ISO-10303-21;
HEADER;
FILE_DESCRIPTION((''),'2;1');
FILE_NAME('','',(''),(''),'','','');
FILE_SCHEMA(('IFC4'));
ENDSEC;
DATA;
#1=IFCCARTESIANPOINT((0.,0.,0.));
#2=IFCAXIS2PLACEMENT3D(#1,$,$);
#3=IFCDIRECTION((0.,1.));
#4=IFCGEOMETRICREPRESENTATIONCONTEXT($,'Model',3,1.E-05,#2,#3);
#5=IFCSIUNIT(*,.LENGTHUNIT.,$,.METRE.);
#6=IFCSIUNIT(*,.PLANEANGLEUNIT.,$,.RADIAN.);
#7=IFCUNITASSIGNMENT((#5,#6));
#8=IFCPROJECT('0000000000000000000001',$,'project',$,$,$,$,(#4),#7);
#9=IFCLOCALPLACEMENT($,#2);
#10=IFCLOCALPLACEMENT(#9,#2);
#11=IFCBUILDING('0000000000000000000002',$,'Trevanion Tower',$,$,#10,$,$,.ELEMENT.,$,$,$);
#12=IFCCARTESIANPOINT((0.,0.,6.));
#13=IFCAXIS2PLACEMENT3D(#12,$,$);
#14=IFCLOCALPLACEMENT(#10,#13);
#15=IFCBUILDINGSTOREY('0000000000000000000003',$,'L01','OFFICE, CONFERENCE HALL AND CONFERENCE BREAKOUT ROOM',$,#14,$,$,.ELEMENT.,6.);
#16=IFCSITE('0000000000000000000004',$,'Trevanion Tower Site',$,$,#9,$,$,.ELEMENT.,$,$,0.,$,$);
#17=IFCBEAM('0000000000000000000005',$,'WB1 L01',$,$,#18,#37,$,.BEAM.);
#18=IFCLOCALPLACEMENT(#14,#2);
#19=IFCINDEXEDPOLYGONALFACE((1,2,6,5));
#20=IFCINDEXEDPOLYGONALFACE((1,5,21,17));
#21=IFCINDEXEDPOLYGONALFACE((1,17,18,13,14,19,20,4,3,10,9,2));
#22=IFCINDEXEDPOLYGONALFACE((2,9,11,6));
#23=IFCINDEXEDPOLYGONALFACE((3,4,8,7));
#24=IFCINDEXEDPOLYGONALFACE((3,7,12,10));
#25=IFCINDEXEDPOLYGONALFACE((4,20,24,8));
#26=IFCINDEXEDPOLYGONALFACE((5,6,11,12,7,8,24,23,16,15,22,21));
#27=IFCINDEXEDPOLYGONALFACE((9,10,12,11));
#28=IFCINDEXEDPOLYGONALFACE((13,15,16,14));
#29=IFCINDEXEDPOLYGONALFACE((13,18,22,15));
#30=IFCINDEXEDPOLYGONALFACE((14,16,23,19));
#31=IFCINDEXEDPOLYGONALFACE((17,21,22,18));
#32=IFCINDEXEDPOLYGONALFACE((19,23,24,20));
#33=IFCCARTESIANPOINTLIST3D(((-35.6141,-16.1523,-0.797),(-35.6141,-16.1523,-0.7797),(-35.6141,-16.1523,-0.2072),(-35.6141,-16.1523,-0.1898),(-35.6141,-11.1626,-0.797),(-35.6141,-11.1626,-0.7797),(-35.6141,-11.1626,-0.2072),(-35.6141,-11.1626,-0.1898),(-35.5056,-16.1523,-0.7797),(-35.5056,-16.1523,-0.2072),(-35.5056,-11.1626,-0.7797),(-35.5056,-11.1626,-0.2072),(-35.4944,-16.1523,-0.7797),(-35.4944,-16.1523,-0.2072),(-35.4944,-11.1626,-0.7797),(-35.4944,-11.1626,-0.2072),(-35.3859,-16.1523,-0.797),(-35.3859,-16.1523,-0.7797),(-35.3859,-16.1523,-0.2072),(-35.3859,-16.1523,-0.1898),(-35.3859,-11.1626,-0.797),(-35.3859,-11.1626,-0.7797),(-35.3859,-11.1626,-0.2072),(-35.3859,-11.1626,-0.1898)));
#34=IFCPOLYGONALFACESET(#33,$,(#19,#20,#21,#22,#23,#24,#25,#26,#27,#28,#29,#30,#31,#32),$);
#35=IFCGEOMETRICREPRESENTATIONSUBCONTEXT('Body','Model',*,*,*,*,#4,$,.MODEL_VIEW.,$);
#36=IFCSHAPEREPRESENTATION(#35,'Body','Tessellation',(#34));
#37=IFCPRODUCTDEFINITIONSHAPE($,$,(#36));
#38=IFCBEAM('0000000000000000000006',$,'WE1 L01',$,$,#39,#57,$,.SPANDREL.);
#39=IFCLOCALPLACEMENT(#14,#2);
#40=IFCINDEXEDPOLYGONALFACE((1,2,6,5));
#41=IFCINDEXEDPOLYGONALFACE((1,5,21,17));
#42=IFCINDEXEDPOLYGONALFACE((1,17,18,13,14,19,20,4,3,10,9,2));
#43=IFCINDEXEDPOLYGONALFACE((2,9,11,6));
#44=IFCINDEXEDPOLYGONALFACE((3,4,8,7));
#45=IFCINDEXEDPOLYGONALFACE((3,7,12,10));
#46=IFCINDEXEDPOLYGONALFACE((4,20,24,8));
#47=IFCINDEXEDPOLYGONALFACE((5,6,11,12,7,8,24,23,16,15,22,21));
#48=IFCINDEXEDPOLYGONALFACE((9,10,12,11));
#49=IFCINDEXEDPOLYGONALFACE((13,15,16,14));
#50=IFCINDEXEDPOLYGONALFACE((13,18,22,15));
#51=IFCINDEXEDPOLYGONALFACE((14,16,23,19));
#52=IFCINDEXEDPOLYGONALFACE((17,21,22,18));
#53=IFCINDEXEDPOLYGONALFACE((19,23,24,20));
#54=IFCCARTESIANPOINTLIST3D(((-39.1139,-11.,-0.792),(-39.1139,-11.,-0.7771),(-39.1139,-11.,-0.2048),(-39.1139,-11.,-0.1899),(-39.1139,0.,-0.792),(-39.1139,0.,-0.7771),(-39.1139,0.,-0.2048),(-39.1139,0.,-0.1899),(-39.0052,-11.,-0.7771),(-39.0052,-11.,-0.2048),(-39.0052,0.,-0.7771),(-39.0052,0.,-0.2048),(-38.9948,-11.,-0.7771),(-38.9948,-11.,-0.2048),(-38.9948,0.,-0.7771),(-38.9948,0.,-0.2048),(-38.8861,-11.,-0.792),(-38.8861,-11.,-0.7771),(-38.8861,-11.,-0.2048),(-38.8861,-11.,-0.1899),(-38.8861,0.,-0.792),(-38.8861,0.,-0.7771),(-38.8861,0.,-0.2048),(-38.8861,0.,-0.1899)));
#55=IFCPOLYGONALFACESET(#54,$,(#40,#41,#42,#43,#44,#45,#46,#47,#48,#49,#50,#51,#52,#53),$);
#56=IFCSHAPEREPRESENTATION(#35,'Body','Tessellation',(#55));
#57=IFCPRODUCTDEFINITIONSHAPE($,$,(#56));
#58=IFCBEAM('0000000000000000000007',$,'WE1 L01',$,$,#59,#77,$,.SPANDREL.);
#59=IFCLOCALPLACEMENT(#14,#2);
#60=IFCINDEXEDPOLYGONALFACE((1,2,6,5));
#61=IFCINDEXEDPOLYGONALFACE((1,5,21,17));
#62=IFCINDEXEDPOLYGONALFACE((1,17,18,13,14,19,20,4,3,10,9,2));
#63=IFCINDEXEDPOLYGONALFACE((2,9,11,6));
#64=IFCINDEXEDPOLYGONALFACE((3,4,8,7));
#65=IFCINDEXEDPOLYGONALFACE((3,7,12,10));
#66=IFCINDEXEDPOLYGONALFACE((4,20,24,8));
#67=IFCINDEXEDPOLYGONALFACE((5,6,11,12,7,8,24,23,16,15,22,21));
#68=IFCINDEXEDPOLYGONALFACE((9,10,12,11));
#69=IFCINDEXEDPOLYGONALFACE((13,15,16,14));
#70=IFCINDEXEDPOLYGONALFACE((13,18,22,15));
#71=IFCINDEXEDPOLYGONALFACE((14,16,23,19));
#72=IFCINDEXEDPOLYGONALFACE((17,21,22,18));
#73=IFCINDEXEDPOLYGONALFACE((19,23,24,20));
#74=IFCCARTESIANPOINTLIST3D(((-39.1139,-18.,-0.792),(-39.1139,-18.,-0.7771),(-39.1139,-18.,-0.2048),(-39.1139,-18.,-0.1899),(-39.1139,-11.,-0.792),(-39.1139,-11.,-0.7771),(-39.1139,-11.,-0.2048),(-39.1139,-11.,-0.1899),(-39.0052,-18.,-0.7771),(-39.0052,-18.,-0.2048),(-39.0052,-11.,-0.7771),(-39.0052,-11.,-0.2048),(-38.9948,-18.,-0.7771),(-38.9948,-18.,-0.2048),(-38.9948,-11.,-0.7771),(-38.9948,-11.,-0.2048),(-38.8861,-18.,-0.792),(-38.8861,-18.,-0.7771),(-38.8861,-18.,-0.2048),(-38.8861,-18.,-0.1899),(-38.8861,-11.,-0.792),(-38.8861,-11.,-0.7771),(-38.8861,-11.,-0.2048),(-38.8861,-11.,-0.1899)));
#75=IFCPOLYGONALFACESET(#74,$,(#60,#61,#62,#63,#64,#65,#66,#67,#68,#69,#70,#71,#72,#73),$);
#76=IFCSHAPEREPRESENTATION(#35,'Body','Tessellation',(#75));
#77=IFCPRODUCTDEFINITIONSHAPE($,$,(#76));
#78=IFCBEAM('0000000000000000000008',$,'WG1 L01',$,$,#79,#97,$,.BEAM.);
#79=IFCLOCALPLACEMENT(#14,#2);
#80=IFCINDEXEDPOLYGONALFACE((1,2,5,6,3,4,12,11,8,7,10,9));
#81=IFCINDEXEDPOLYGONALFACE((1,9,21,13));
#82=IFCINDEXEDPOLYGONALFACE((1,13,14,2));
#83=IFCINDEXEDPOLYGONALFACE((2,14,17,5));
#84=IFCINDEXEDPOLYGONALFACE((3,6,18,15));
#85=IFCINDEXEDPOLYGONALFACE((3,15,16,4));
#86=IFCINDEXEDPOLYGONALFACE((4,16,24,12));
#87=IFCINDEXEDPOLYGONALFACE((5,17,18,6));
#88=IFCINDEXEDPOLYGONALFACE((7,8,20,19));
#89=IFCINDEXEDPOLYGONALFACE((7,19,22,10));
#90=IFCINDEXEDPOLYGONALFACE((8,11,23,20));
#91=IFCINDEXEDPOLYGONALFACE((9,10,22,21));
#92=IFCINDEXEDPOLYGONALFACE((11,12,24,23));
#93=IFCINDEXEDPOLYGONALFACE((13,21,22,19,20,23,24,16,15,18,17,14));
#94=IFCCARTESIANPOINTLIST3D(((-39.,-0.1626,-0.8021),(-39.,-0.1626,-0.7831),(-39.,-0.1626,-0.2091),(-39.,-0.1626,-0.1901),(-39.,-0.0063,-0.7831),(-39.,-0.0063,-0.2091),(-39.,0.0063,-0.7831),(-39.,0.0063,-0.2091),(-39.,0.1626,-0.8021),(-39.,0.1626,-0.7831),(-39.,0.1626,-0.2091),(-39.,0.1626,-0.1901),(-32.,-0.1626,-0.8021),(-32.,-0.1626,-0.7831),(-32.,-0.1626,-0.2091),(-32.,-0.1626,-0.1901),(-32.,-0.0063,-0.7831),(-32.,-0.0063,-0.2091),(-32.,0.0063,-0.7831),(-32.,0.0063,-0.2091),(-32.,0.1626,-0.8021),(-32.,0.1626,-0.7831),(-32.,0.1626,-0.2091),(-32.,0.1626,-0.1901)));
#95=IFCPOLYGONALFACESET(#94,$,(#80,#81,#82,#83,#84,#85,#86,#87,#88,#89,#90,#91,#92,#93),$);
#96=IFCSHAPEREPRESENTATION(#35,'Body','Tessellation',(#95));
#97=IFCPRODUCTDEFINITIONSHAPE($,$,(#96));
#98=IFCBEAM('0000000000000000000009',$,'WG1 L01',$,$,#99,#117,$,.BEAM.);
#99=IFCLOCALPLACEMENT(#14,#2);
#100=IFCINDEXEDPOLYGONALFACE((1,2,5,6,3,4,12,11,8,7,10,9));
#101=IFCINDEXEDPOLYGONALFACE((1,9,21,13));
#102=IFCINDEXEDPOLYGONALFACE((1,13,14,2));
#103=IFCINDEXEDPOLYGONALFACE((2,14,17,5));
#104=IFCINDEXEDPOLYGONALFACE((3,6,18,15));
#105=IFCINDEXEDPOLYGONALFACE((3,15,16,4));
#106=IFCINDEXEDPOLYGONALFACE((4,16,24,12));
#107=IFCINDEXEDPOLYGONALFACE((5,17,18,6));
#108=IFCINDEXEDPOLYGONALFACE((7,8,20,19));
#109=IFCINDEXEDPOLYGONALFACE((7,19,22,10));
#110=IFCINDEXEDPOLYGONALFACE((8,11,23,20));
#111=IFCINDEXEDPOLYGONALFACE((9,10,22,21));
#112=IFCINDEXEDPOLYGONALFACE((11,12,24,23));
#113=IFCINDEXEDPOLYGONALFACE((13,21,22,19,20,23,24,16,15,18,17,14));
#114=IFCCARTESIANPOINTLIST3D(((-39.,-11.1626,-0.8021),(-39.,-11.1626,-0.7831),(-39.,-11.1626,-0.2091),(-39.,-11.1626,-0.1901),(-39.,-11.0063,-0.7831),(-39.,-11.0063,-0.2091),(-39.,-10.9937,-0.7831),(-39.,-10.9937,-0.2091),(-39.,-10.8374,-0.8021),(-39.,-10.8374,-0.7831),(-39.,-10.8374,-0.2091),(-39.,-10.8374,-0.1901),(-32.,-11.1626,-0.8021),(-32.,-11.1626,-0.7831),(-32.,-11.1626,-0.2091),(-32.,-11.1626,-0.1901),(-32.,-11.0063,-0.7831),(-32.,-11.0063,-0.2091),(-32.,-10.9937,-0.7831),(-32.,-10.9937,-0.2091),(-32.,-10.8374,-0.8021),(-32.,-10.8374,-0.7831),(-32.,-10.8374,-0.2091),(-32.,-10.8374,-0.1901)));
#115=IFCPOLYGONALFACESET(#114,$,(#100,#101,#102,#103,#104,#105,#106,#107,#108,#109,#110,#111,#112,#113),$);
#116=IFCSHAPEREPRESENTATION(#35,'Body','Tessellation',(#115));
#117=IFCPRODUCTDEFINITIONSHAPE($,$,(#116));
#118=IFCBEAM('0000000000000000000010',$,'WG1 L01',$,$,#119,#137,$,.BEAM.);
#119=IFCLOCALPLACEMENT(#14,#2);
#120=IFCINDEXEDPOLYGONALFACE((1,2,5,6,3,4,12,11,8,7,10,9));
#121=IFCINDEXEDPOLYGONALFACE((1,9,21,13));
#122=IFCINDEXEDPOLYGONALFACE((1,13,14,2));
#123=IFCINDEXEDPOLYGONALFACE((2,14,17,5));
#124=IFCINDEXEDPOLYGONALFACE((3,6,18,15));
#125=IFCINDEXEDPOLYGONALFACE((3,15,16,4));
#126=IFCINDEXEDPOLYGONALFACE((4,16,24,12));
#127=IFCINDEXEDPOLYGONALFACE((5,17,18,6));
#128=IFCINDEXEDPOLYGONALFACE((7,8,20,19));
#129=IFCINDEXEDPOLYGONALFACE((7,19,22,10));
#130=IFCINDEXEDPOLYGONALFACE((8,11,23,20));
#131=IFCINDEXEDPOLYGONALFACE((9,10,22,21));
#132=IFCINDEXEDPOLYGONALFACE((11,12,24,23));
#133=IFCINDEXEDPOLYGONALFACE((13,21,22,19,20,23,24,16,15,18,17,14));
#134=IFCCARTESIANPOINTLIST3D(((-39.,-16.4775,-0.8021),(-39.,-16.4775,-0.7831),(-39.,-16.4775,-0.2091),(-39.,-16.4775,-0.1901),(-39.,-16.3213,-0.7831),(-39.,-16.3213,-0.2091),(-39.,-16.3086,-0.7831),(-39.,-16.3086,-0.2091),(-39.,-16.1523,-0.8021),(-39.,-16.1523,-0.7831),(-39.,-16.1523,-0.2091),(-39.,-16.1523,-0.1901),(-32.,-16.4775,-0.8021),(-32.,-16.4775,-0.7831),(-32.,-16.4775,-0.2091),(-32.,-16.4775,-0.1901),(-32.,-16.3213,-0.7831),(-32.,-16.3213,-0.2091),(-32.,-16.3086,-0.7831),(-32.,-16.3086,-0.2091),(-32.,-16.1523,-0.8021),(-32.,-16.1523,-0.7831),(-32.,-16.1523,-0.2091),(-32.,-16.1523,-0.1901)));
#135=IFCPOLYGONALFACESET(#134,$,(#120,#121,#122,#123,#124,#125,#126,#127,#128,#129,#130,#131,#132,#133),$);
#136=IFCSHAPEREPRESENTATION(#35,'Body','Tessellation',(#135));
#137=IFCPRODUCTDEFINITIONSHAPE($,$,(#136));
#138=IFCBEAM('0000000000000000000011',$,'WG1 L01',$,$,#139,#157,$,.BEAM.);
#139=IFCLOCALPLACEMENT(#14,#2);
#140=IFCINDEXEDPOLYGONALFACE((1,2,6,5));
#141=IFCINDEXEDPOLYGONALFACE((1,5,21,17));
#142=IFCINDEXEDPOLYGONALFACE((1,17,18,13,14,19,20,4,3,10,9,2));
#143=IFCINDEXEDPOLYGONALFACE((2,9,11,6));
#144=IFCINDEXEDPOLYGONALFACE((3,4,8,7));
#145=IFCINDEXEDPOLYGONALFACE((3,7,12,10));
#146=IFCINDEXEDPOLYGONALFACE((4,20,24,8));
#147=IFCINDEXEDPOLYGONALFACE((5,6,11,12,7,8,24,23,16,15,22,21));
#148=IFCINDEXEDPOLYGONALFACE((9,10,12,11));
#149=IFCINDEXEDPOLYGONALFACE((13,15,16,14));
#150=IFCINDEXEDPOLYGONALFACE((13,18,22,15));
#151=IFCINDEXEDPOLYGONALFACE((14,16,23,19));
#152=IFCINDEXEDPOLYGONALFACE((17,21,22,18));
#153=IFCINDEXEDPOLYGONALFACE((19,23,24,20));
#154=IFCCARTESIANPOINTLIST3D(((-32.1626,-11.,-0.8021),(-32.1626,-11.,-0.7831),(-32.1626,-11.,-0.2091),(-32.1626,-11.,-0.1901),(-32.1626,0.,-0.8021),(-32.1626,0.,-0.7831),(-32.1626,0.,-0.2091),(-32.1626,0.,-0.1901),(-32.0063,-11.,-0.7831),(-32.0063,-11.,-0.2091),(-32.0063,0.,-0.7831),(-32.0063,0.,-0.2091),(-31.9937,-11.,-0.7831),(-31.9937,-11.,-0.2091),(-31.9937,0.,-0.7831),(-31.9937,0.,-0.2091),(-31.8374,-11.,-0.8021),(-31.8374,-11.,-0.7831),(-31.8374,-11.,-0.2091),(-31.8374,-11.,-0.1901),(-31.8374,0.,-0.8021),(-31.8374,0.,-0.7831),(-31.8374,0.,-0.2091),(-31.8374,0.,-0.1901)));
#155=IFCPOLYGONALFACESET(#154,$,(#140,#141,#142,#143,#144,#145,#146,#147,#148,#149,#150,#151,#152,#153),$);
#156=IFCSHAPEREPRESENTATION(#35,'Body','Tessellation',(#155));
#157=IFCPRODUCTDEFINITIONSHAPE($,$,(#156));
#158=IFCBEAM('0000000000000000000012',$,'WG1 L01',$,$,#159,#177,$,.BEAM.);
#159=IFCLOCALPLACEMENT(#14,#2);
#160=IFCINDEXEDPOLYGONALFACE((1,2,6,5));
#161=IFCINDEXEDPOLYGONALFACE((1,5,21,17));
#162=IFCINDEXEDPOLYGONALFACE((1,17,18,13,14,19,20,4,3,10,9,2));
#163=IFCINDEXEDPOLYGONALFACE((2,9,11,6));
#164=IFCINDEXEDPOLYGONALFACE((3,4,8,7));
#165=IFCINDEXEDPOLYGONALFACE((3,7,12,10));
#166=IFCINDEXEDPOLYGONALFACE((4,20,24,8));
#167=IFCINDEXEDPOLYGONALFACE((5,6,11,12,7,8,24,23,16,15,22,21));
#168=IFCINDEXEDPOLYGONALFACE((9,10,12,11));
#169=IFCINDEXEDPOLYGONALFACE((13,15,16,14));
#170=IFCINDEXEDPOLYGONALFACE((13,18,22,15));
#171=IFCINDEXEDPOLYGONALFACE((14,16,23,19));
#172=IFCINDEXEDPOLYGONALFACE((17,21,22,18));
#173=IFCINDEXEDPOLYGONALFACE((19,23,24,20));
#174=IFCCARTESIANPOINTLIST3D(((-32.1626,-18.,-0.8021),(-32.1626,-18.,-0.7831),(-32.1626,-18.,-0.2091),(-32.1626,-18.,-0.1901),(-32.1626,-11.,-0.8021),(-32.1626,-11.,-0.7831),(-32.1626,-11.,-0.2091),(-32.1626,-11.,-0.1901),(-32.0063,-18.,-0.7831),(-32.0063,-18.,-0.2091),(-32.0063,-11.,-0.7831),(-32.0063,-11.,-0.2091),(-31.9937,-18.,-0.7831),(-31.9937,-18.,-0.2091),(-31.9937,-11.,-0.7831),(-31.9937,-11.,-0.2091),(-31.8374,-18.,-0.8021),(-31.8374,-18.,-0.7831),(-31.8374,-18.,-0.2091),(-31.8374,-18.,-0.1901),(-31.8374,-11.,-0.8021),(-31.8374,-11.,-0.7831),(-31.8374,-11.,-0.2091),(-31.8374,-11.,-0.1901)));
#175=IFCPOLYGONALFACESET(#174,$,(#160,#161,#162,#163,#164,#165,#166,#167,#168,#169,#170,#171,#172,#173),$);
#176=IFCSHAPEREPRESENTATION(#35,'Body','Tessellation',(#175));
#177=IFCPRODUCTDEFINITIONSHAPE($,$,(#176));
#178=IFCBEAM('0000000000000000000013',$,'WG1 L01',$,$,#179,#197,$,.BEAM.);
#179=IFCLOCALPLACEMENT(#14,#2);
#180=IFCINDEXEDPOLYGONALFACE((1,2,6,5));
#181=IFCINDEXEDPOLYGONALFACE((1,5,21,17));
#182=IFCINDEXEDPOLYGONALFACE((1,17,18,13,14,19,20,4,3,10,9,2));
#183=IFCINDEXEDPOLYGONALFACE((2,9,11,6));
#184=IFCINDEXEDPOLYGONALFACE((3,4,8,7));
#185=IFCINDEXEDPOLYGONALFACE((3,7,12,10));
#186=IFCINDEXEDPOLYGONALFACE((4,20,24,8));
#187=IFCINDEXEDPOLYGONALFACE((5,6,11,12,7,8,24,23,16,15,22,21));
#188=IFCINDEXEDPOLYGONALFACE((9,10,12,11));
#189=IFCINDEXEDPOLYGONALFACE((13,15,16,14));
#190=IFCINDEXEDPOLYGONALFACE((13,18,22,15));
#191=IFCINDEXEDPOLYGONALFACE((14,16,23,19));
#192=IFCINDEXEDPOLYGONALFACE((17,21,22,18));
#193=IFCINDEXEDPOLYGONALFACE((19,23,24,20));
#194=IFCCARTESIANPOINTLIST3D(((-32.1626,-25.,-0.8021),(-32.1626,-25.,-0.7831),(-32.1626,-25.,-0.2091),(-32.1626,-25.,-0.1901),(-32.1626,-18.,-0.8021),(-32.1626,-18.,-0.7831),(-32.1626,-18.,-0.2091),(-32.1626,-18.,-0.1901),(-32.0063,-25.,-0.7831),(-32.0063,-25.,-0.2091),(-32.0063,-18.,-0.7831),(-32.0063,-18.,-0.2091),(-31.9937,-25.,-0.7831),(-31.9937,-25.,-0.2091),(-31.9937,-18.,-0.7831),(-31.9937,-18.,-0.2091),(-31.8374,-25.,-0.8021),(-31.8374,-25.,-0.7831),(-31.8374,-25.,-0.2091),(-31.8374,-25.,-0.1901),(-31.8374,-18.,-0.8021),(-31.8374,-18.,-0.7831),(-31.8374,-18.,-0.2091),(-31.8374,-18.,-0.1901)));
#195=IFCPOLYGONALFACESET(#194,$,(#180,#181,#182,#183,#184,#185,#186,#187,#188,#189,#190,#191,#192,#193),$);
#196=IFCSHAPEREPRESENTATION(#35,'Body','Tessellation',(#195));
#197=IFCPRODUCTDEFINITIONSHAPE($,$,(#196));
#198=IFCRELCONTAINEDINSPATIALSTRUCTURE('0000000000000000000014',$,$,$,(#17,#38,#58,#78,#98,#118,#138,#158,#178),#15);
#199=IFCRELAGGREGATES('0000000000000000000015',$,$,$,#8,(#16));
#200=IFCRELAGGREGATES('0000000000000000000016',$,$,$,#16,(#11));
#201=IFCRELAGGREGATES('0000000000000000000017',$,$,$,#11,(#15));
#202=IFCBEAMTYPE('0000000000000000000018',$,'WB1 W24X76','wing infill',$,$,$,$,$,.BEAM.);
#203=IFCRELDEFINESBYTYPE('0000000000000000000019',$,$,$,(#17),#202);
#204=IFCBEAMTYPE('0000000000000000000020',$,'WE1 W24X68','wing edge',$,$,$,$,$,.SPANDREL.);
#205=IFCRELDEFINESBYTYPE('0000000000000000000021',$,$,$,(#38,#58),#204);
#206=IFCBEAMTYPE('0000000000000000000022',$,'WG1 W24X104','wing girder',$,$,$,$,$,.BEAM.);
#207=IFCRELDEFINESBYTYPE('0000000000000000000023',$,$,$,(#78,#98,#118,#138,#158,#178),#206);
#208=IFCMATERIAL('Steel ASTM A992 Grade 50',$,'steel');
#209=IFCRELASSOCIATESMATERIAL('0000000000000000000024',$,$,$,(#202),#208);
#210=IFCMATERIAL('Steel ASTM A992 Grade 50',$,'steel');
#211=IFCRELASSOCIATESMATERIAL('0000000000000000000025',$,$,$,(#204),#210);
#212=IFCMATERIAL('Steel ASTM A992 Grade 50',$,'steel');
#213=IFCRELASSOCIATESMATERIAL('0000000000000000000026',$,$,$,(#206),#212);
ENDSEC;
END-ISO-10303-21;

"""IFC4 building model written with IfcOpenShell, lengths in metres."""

from ifc_helpers import new_model, si_unit, direction, frame, origin, origin_2d, place, context, subcontext, project, spatial, i_section, extrude, material, material_profile, profile_set, type_object, element, save


model = new_model("IFC4")

# Units and contexts
model_context = context("Model", 3, precision=1e-05, world=origin(), true_north=direction((0.0, 1.0)))
body_context = subcontext(model_context, "Body", "Model", "MODEL_VIEW")
ifc_project = project(units=[si_unit("LENGTHUNIT", "METRE"), si_unit("PLANEANGLEUNIT", "RADIAN")], contexts=[model_context])

# Site, building, storey
site_placement = place(None, origin())
site = spatial("IfcSite", under=ifc_project, at=site_placement, Name="Trevanion Tower Site", CompositionType="ELEMENT", RefElevation=0.0)
building_placement = place(site_placement, origin())
building = spatial("IfcBuilding", under=site, at=building_placement, Name="Trevanion Tower", CompositionType="ELEMENT")
storey_placement = place(building_placement, frame((0.0, 0.0, 6.0)))
storey = spatial("IfcBuildingStorey", under=building, at=storey_placement, Name="L01", Description="OFFICE, CONFERENCE HALL AND CONFERENCE BREAKOUT ROOM", CompositionType="ELEMENT", Elevation=6.0)

# Beams
ifc_material_1 = material(Name="Steel ASTM A992 Grade 50", Category="steel")
ifc_material_profile_1 = material_profile(ifc_material_1, i_section(OverallWidth=0.2283, OverallDepth=0.6072, WebThickness=0.0112, FlangeThickness=0.0173, at=origin_2d()), Name="W24X76")
ifc_profile_set_1 = profile_set([ifc_material_profile_1], Name="Steel ASTM A992 Grade 50")
beam_type_1 = type_object("IfcBeamType", Name="WB1 W24X76", Description="wing infill", PredefinedType="BEAM", material=ifc_profile_set_1)
beam_1_placement = place(storey_placement, frame((-35.5, -11.1626, -0.4934), z_axis=(0.0, -1.0, 0.0), x_axis=(1.0, 0.0, 0.0)))
element("IfcBeam", 1, at=beam_1_placement, inside=storey, type_object=beam_type_1, Name="WB1 L01", PredefinedType="BEAM", context=body_context, shape_type="SweptSolid", body=[
    extrude(i_section(OverallWidth=0.2283, OverallDepth=0.6072, WebThickness=0.0112, FlangeThickness=0.0173, at=origin_2d()), origin(), (0.0, 0.0, 1.0), 4.9897),
])
ifc_material_2 = material(Name="Steel ASTM A992 Grade 50", Category="steel")
ifc_material_profile_2 = material_profile(ifc_material_2, i_section(OverallWidth=0.2278, OverallDepth=0.6021, WebThickness=0.0105, FlangeThickness=0.0149, at=origin_2d()), Name="W24X68")
ifc_profile_set_2 = profile_set([ifc_material_profile_2], Name="Steel ASTM A992 Grade 50")
beam_type_2 = type_object("IfcBeamType", Name="WE1 W24X68", Description="wing edge", PredefinedType="SPANDREL", material=ifc_profile_set_2)
beam_2_placement = place(storey_placement, frame((-39.0, 0.0, -0.491), z_axis=(0.0, -1.0, 0.0), x_axis=(1.0, 0.0, 0.0)))
element("IfcBeam", 2, at=beam_2_placement, inside=storey, type_object=beam_type_2, Name="WE1 L01", PredefinedType="SPANDREL", context=body_context, shape_type="SweptSolid", body=[
    extrude(i_section(OverallWidth=0.2278, OverallDepth=0.6021, WebThickness=0.0105, FlangeThickness=0.0149, at=origin_2d()), origin(), (0.0, 0.0, 1.0), 11.0),
])
beam_3_placement = place(storey_placement, frame((-39.0, -11.0, -0.491), z_axis=(0.0, -1.0, 0.0), x_axis=(1.0, 0.0, 0.0)))
element("IfcBeam", 3, at=beam_3_placement, inside=storey, type_object=beam_type_2, Name="WE1 L01", PredefinedType="SPANDREL", context=body_context, shape_type="SweptSolid", body=[
    extrude(i_section(OverallWidth=0.2278, OverallDepth=0.6021, WebThickness=0.0105, FlangeThickness=0.0149, at=origin_2d()), origin(), (0.0, 0.0, 1.0), 7.0),
])
ifc_material_3 = material(Name="Steel ASTM A992 Grade 50", Category="steel")
ifc_material_profile_3 = material_profile(ifc_material_3, i_section(OverallWidth=0.3252, OverallDepth=0.6121, WebThickness=0.0127, FlangeThickness=0.019, at=origin_2d()), Name="W24X104")
ifc_profile_set_3 = profile_set([ifc_material_profile_3], Name="Steel ASTM A992 Grade 50")
beam_type_3 = type_object("IfcBeamType", Name="WG1 W24X104", Description="wing girder", PredefinedType="BEAM", material=ifc_profile_set_3)
for number, where, z_axis, x_axis, name in (
    (4, (-32.0, 0.0, -0.4961), (-1.0, 0.0, 0.0), (0.0, -1.0, 0.0), "WG1 L01"),
    (5, (-32.0, -11.0, -0.4961), (-1.0, 0.0, 0.0), (0.0, -1.0, 0.0), "WG1 L01"),
    (6, (-32.0, -16.3149, -0.4961), (-1.0, 0.0, 0.0), (0.0, -1.0, 0.0), "WG1 L01"),
):
    element("IfcBeam", number, at=place(storey_placement, frame(where, z_axis=z_axis, x_axis=x_axis)), inside=storey, type_object=beam_type_3, Name=name, PredefinedType="BEAM", context=body_context, shape_type="SweptSolid", body=[
        extrude(i_section(OverallWidth=0.3252, OverallDepth=0.6121, WebThickness=0.0127, FlangeThickness=0.019, at=origin_2d()), origin(), (0.0, 0.0, 1.0), 7.0),
    ])
beam_4_placement = place(storey_placement, frame((-32.0, 0.0, -0.4961), z_axis=(0.0, -1.0, 0.0), x_axis=(1.0, 0.0, 0.0)))
element("IfcBeam", 7, at=beam_4_placement, inside=storey, type_object=beam_type_3, Name="WG1 L01", PredefinedType="BEAM", context=body_context, shape_type="SweptSolid", body=[
    extrude(i_section(OverallWidth=0.3252, OverallDepth=0.6121, WebThickness=0.0127, FlangeThickness=0.019, at=origin_2d()), origin(), (0.0, 0.0, 1.0), 11.0),
])
for number, where, z_axis, x_axis, name in (
    (8, (-32.0, -11.0, -0.4961), (0.0, -1.0, 0.0), (1.0, 0.0, 0.0), "WG1 L01"),
    (9, (-32.0, -18.0, -0.4961), (0.0, -1.0, 0.0), (1.0, 0.0, 0.0), "WG1 L01"),
):
    element("IfcBeam", number, at=place(storey_placement, frame(where, z_axis=z_axis, x_axis=x_axis)), inside=storey, type_object=beam_type_3, Name=name, PredefinedType="BEAM", context=body_context, shape_type="SweptSolid", body=[
        extrude(i_section(OverallWidth=0.3252, OverallDepth=0.6121, WebThickness=0.0127, FlangeThickness=0.019, at=origin_2d()), origin(), (0.0, 0.0, 1.0), 7.0),
    ])

save(model, "model.ifc")
